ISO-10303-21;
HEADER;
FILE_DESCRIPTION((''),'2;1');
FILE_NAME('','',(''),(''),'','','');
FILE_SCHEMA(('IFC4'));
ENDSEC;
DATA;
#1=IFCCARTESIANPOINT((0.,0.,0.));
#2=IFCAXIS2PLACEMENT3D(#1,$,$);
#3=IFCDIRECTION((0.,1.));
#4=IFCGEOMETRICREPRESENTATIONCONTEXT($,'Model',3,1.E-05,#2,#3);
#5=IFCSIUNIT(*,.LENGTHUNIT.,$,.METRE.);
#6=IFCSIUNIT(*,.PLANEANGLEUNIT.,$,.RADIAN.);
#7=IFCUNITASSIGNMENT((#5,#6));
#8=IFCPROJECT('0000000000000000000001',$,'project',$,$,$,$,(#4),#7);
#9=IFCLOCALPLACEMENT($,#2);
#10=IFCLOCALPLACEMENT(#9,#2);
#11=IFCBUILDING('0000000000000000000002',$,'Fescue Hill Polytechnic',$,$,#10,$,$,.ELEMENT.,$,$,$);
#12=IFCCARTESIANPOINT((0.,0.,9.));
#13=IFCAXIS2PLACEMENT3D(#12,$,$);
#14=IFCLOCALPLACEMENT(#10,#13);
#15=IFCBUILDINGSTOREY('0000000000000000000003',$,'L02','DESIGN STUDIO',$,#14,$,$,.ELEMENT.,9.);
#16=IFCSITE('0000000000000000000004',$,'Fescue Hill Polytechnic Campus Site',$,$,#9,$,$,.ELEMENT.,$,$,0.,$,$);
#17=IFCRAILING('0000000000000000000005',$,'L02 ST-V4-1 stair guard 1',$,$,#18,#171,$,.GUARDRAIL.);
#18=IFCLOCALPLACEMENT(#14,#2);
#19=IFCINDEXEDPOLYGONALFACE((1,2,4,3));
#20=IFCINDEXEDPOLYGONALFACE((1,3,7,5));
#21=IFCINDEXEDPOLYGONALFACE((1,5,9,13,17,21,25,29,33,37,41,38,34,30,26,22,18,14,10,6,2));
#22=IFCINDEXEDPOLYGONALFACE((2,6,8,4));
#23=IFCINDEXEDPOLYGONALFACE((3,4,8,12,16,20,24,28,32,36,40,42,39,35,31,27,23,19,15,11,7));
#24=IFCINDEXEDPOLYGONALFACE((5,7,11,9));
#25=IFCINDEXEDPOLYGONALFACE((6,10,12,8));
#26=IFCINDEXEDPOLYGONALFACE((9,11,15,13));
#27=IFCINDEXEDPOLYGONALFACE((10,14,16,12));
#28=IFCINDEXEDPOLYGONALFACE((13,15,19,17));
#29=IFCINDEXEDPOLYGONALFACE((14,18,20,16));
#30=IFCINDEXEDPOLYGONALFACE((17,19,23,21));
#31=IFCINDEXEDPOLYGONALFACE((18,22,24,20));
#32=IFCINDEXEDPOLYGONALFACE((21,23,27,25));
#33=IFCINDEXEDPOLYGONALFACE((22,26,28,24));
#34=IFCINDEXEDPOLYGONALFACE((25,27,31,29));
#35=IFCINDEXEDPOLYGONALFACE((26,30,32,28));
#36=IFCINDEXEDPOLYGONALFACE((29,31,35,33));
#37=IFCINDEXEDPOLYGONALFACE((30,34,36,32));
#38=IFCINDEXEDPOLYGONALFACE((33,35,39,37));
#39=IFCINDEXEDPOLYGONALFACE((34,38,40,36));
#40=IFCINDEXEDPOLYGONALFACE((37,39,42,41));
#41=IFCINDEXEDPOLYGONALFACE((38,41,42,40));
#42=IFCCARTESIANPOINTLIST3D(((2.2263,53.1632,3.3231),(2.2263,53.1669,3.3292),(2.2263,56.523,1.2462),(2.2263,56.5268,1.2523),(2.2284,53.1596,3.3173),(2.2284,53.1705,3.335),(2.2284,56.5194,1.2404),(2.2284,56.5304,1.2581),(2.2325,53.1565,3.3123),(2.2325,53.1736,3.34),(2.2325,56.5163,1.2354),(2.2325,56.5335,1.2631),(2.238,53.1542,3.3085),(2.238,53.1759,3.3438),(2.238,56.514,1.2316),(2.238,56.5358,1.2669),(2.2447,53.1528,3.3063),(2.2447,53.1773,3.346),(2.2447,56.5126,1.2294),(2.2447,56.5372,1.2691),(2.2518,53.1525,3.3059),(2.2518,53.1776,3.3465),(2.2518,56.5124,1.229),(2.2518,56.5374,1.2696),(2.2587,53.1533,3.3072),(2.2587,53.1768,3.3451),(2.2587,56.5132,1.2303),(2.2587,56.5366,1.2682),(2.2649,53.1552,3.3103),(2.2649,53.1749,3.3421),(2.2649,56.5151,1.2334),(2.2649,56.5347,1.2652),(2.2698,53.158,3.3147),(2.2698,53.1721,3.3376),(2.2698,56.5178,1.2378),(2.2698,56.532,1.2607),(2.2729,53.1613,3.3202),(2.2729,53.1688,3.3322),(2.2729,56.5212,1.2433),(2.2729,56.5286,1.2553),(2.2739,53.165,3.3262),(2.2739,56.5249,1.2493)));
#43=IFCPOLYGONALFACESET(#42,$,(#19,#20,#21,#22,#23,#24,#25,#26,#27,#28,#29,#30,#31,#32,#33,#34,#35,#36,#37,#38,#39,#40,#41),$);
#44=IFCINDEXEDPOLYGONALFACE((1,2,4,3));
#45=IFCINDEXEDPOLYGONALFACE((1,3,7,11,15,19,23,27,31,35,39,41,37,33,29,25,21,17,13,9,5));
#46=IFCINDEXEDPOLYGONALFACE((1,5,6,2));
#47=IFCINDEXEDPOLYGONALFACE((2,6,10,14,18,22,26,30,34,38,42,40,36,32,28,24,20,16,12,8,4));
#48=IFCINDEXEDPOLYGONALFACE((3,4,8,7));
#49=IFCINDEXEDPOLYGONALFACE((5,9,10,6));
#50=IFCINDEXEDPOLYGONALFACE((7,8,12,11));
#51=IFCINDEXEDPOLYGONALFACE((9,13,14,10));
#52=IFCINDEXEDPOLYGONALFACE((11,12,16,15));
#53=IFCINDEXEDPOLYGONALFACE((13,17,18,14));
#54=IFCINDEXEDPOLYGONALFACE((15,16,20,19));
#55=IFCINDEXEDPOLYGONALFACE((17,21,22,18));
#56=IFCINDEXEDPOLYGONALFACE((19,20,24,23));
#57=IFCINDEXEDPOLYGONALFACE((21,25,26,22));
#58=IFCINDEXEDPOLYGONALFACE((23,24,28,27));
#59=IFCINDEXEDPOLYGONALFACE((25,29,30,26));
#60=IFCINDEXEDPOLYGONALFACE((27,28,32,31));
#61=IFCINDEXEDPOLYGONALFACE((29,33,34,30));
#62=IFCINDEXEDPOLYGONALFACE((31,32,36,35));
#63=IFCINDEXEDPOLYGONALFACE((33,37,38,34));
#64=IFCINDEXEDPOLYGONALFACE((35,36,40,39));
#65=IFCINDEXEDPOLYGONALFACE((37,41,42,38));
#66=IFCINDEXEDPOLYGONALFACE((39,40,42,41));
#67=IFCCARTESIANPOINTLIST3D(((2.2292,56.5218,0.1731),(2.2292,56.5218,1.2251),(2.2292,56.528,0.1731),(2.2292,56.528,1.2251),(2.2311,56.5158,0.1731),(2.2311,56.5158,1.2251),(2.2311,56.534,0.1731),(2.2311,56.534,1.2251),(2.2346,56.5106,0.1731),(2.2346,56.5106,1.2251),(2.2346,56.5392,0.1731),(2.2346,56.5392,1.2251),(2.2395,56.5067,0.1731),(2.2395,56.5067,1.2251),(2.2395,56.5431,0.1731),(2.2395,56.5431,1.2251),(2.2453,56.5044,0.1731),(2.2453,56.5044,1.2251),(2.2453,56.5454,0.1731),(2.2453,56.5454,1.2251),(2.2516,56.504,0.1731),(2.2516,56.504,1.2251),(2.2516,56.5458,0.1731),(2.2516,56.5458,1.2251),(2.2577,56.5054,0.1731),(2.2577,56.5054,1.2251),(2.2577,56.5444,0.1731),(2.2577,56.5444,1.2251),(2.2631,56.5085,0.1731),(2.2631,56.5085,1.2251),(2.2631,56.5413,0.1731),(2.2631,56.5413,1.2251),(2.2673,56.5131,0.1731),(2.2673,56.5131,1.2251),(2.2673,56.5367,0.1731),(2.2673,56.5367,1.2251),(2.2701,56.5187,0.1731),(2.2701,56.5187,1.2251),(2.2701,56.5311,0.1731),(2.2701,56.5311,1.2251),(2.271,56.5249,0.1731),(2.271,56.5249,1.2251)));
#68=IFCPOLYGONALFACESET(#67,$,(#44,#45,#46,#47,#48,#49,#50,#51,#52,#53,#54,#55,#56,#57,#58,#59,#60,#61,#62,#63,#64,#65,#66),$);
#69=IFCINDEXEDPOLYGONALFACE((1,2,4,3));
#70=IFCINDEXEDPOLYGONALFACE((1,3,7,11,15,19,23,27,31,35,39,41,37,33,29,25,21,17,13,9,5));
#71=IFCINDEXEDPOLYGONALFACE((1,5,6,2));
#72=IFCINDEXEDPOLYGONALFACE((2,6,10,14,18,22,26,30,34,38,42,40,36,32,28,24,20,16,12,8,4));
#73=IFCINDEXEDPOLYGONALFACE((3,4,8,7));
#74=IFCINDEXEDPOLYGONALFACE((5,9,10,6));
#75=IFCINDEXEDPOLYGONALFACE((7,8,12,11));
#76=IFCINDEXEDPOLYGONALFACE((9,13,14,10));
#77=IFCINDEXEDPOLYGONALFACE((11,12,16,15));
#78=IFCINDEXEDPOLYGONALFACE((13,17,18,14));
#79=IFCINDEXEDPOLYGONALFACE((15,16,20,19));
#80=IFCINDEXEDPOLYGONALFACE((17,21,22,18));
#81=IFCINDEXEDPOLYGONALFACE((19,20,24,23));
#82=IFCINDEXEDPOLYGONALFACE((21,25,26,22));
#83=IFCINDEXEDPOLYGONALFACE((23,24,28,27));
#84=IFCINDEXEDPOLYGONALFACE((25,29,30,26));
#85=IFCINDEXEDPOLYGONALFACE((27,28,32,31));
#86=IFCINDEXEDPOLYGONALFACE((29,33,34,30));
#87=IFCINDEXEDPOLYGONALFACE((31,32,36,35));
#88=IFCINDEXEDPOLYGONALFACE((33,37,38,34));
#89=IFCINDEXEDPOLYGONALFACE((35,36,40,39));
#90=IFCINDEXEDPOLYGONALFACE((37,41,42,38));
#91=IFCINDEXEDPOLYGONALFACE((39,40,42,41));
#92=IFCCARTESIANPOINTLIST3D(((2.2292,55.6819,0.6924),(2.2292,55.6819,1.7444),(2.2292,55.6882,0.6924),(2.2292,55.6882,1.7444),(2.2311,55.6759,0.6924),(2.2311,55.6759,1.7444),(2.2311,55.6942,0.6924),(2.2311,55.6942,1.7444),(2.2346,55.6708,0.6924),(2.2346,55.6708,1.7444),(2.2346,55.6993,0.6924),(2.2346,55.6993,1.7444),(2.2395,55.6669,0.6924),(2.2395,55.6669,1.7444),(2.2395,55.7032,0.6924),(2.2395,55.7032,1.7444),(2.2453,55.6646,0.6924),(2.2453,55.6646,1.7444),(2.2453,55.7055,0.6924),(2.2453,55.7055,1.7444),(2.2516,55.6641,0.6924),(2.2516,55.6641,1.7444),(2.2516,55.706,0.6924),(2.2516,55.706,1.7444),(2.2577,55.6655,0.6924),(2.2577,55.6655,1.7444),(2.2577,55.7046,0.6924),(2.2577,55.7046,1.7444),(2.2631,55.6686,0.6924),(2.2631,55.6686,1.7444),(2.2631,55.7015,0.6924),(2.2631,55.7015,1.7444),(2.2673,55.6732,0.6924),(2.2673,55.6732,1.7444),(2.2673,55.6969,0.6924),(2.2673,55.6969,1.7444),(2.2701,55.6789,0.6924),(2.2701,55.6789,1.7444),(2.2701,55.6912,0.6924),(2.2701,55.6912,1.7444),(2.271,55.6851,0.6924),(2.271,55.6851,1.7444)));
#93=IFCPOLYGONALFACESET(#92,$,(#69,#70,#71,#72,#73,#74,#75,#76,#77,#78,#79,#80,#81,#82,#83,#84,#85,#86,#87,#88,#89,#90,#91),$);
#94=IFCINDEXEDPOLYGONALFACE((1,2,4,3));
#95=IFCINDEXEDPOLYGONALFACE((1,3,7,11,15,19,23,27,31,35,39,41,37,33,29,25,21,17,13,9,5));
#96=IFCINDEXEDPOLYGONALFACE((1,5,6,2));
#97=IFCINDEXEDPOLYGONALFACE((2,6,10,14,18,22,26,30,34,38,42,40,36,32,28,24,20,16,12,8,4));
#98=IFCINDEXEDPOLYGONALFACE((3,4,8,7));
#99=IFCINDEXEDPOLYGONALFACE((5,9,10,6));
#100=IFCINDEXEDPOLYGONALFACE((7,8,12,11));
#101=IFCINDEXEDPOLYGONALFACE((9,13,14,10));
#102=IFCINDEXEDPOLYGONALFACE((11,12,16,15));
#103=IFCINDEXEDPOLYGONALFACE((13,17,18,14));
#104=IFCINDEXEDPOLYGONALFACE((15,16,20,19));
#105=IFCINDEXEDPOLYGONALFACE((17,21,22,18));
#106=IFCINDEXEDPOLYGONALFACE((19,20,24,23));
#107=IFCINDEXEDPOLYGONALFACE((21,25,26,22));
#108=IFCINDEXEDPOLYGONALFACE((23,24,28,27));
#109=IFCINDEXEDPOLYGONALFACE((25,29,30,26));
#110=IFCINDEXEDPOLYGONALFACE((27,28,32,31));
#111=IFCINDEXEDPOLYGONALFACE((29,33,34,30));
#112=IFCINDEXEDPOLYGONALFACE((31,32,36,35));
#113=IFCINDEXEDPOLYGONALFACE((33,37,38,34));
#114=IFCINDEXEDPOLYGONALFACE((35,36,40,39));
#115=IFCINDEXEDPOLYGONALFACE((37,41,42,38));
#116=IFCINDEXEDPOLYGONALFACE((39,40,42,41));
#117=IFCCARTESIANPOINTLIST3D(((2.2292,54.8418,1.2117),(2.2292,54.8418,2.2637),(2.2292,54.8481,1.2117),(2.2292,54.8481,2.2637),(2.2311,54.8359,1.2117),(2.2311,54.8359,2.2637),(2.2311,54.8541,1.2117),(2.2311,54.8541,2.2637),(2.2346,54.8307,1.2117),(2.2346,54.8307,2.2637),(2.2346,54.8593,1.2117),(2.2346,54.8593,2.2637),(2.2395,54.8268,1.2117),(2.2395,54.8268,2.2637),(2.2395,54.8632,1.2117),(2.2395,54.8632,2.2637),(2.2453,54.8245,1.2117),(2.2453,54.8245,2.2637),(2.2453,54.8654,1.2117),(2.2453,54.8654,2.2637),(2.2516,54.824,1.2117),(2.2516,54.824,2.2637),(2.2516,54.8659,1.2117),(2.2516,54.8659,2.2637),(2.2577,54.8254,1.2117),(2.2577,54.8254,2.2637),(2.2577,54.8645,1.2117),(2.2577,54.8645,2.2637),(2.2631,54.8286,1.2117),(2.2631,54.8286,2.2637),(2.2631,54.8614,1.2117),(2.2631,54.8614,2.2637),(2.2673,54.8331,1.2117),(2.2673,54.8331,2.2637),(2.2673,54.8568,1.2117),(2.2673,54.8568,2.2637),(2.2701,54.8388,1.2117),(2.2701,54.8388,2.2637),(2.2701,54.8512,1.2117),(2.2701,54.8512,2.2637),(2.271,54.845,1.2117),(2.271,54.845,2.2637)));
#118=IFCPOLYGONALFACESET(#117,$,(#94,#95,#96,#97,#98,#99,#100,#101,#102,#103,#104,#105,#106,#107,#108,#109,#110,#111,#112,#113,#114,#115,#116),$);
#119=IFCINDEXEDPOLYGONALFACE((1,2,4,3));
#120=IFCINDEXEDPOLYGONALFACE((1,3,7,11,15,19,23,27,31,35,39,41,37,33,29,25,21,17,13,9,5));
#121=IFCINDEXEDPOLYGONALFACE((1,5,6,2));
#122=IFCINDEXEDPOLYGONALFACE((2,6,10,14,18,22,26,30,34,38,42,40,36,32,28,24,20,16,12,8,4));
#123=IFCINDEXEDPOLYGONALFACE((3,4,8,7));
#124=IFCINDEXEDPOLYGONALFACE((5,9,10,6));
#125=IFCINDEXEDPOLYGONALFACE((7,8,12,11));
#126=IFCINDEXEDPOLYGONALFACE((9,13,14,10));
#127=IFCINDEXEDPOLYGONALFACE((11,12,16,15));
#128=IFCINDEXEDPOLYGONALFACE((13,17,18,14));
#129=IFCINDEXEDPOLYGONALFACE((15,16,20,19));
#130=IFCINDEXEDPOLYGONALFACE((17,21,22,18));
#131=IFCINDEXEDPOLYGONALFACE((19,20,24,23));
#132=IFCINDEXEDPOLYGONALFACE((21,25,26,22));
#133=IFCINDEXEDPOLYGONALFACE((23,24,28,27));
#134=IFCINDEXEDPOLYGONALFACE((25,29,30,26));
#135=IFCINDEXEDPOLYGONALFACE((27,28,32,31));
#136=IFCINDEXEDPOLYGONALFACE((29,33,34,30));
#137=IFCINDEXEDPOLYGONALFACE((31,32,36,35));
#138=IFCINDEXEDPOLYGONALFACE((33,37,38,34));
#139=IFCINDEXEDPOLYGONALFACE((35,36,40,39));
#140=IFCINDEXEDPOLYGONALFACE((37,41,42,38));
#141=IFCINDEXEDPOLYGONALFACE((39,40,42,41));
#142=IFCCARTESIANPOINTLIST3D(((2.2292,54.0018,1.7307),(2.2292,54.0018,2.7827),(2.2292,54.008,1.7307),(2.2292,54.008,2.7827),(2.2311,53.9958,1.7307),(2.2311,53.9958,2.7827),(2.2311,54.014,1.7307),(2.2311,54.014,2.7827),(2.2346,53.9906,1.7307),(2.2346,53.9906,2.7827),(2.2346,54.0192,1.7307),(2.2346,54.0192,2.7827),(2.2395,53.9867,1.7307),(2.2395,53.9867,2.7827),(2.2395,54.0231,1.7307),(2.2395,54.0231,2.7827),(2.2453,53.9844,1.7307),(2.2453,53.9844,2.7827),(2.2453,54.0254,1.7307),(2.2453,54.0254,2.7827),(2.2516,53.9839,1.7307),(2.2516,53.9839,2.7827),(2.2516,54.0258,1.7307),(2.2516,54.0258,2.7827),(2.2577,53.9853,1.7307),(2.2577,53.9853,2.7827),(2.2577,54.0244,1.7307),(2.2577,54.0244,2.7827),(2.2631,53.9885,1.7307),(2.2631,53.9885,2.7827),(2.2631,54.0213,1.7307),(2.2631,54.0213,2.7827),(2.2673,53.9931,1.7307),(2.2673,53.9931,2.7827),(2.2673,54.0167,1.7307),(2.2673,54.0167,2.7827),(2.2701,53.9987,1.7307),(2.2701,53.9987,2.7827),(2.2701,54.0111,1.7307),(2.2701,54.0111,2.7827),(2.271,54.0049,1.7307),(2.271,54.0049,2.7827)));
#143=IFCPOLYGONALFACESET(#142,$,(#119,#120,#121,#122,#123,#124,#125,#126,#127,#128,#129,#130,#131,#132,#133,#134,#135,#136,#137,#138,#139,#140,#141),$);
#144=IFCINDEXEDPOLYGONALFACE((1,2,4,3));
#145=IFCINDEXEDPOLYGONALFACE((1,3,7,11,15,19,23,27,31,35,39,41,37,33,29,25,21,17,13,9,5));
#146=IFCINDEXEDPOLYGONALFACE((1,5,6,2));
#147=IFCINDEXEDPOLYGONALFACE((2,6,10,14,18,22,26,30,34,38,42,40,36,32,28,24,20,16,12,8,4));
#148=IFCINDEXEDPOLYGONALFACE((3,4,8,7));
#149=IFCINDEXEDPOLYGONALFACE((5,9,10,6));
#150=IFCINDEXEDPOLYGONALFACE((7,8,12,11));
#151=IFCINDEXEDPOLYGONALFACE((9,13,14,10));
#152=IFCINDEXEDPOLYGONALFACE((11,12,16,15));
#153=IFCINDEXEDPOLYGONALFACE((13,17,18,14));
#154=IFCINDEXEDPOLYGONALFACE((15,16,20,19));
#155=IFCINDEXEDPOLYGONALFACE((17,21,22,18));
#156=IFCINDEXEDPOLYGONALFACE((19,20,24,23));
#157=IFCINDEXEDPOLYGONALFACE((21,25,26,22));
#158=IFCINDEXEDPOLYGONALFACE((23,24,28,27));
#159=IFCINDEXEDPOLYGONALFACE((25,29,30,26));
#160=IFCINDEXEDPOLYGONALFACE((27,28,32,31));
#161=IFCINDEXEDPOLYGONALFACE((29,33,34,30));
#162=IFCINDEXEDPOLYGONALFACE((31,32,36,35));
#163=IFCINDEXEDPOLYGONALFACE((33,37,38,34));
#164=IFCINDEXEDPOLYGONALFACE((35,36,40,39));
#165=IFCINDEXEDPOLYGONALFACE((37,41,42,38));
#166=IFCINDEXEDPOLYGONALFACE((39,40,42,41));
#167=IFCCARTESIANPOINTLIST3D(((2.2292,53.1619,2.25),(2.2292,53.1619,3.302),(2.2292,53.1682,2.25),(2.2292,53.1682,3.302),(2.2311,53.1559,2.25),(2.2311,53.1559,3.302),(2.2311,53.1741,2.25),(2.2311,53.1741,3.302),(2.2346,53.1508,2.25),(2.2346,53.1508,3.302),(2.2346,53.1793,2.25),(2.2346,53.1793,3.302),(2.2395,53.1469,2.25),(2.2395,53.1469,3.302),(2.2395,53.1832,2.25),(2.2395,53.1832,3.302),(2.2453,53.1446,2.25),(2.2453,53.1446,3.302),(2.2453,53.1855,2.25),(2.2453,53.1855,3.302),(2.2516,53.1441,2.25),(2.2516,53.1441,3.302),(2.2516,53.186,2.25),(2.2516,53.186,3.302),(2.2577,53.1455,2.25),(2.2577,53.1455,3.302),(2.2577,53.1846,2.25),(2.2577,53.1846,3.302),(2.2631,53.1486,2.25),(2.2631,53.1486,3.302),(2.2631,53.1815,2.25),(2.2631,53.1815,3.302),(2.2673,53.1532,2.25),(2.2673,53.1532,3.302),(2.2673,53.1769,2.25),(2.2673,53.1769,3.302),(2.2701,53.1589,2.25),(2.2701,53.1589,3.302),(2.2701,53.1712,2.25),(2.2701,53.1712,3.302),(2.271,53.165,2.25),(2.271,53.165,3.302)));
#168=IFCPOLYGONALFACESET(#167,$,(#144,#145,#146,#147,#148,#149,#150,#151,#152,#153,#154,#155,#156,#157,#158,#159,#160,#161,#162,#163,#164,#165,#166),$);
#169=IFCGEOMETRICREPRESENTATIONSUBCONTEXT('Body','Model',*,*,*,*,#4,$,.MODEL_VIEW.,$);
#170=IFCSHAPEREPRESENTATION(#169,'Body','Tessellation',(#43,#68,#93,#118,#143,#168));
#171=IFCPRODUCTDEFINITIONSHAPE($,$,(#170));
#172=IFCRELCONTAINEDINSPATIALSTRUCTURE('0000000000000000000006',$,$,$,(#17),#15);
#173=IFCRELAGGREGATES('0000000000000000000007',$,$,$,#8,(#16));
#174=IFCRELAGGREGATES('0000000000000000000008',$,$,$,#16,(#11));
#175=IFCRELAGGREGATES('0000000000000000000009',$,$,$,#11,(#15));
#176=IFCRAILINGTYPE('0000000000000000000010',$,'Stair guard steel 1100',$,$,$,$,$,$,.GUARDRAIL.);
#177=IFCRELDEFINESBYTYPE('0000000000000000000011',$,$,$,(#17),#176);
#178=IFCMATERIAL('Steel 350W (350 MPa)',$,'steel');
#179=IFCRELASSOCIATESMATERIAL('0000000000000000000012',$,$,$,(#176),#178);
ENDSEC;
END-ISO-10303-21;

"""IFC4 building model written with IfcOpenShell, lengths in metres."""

from ifc_helpers import new_model, si_unit, direction, frame, origin, origin_2d, place, context, subcontext, project, spatial, circle, extrude, material, type_object, element, save


model = new_model("IFC4")

# Units and contexts
model_context = context("Model", 3, precision=1e-05, world=origin(), true_north=direction((0.0, 1.0)))
body_context = subcontext(model_context, "Body", "Model", "MODEL_VIEW")
ifc_project = project(units=[si_unit("LENGTHUNIT", "METRE"), si_unit("PLANEANGLEUNIT", "RADIAN")], contexts=[model_context])

# Site, building, storey
site_placement = place(None, origin())
site = spatial("IfcSite", under=ifc_project, at=site_placement, Name="Fescue Hill Polytechnic Campus Site", CompositionType="ELEMENT", RefElevation=0.0)
building_placement = place(site_placement, origin())
building = spatial("IfcBuilding", under=site, at=building_placement, Name="Fescue Hill Polytechnic", CompositionType="ELEMENT")
storey_placement = place(building_placement, frame((0.0, 0.0, 9.0)))
storey = spatial("IfcBuildingStorey", under=building, at=storey_placement, Name="L02", Description="DESIGN STUDIO", CompositionType="ELEMENT", Elevation=9.0)

# Railing
ifc_material_1 = material(Name="Steel 350W (350 MPa)", Category="steel")
railing_type_1 = type_object("IfcRailingType", Name="Stair guard steel 1100", PredefinedType="GUARDRAIL", material=ifc_material_1)
railing_1_placement = place(storey_placement, frame((2.25, 56.5249, 0.1731)))
element("IfcRailing", 1, at=railing_1_placement, inside=storey, type_object=railing_type_1, Name="L02 ST-V4-1 stair guard 1", PredefinedType="GUARDRAIL", context=body_context, shape_type="SweptSolid", body=[
    extrude(circle(Radius=0.0239, at=origin_2d()), frame((0.0, 0.0, 1.0762), z_axis=(0.0, -0.850606, 0.525803), x_axis=(1.0, 0.0, 0.0)), (0.0, 0.0, 1.0), 3.95),
    extrude(circle(Radius=0.021, at=origin_2d()), origin(), (0.0, 0.0, 1.0), 1.052),
    extrude(circle(Radius=0.021, at=origin_2d()), frame((0.0, -0.8398, 0.5193)), (0.0, 0.0, 1.0), 1.052),
    extrude(circle(Radius=0.021, at=origin_2d()), frame((0.0, -1.6799, 1.0386)), (0.0, 0.0, 1.0), 1.052),
    extrude(circle(Radius=0.021, at=origin_2d()), frame((0.0, -2.52, 1.5576)), (0.0, 0.0, 1.0), 1.052),
    extrude(circle(Radius=0.021, at=origin_2d()), frame((0.0, -3.3599, 2.0769)), (0.0, 0.0, 1.0), 1.052),
])

save(model, "model.ifc")
